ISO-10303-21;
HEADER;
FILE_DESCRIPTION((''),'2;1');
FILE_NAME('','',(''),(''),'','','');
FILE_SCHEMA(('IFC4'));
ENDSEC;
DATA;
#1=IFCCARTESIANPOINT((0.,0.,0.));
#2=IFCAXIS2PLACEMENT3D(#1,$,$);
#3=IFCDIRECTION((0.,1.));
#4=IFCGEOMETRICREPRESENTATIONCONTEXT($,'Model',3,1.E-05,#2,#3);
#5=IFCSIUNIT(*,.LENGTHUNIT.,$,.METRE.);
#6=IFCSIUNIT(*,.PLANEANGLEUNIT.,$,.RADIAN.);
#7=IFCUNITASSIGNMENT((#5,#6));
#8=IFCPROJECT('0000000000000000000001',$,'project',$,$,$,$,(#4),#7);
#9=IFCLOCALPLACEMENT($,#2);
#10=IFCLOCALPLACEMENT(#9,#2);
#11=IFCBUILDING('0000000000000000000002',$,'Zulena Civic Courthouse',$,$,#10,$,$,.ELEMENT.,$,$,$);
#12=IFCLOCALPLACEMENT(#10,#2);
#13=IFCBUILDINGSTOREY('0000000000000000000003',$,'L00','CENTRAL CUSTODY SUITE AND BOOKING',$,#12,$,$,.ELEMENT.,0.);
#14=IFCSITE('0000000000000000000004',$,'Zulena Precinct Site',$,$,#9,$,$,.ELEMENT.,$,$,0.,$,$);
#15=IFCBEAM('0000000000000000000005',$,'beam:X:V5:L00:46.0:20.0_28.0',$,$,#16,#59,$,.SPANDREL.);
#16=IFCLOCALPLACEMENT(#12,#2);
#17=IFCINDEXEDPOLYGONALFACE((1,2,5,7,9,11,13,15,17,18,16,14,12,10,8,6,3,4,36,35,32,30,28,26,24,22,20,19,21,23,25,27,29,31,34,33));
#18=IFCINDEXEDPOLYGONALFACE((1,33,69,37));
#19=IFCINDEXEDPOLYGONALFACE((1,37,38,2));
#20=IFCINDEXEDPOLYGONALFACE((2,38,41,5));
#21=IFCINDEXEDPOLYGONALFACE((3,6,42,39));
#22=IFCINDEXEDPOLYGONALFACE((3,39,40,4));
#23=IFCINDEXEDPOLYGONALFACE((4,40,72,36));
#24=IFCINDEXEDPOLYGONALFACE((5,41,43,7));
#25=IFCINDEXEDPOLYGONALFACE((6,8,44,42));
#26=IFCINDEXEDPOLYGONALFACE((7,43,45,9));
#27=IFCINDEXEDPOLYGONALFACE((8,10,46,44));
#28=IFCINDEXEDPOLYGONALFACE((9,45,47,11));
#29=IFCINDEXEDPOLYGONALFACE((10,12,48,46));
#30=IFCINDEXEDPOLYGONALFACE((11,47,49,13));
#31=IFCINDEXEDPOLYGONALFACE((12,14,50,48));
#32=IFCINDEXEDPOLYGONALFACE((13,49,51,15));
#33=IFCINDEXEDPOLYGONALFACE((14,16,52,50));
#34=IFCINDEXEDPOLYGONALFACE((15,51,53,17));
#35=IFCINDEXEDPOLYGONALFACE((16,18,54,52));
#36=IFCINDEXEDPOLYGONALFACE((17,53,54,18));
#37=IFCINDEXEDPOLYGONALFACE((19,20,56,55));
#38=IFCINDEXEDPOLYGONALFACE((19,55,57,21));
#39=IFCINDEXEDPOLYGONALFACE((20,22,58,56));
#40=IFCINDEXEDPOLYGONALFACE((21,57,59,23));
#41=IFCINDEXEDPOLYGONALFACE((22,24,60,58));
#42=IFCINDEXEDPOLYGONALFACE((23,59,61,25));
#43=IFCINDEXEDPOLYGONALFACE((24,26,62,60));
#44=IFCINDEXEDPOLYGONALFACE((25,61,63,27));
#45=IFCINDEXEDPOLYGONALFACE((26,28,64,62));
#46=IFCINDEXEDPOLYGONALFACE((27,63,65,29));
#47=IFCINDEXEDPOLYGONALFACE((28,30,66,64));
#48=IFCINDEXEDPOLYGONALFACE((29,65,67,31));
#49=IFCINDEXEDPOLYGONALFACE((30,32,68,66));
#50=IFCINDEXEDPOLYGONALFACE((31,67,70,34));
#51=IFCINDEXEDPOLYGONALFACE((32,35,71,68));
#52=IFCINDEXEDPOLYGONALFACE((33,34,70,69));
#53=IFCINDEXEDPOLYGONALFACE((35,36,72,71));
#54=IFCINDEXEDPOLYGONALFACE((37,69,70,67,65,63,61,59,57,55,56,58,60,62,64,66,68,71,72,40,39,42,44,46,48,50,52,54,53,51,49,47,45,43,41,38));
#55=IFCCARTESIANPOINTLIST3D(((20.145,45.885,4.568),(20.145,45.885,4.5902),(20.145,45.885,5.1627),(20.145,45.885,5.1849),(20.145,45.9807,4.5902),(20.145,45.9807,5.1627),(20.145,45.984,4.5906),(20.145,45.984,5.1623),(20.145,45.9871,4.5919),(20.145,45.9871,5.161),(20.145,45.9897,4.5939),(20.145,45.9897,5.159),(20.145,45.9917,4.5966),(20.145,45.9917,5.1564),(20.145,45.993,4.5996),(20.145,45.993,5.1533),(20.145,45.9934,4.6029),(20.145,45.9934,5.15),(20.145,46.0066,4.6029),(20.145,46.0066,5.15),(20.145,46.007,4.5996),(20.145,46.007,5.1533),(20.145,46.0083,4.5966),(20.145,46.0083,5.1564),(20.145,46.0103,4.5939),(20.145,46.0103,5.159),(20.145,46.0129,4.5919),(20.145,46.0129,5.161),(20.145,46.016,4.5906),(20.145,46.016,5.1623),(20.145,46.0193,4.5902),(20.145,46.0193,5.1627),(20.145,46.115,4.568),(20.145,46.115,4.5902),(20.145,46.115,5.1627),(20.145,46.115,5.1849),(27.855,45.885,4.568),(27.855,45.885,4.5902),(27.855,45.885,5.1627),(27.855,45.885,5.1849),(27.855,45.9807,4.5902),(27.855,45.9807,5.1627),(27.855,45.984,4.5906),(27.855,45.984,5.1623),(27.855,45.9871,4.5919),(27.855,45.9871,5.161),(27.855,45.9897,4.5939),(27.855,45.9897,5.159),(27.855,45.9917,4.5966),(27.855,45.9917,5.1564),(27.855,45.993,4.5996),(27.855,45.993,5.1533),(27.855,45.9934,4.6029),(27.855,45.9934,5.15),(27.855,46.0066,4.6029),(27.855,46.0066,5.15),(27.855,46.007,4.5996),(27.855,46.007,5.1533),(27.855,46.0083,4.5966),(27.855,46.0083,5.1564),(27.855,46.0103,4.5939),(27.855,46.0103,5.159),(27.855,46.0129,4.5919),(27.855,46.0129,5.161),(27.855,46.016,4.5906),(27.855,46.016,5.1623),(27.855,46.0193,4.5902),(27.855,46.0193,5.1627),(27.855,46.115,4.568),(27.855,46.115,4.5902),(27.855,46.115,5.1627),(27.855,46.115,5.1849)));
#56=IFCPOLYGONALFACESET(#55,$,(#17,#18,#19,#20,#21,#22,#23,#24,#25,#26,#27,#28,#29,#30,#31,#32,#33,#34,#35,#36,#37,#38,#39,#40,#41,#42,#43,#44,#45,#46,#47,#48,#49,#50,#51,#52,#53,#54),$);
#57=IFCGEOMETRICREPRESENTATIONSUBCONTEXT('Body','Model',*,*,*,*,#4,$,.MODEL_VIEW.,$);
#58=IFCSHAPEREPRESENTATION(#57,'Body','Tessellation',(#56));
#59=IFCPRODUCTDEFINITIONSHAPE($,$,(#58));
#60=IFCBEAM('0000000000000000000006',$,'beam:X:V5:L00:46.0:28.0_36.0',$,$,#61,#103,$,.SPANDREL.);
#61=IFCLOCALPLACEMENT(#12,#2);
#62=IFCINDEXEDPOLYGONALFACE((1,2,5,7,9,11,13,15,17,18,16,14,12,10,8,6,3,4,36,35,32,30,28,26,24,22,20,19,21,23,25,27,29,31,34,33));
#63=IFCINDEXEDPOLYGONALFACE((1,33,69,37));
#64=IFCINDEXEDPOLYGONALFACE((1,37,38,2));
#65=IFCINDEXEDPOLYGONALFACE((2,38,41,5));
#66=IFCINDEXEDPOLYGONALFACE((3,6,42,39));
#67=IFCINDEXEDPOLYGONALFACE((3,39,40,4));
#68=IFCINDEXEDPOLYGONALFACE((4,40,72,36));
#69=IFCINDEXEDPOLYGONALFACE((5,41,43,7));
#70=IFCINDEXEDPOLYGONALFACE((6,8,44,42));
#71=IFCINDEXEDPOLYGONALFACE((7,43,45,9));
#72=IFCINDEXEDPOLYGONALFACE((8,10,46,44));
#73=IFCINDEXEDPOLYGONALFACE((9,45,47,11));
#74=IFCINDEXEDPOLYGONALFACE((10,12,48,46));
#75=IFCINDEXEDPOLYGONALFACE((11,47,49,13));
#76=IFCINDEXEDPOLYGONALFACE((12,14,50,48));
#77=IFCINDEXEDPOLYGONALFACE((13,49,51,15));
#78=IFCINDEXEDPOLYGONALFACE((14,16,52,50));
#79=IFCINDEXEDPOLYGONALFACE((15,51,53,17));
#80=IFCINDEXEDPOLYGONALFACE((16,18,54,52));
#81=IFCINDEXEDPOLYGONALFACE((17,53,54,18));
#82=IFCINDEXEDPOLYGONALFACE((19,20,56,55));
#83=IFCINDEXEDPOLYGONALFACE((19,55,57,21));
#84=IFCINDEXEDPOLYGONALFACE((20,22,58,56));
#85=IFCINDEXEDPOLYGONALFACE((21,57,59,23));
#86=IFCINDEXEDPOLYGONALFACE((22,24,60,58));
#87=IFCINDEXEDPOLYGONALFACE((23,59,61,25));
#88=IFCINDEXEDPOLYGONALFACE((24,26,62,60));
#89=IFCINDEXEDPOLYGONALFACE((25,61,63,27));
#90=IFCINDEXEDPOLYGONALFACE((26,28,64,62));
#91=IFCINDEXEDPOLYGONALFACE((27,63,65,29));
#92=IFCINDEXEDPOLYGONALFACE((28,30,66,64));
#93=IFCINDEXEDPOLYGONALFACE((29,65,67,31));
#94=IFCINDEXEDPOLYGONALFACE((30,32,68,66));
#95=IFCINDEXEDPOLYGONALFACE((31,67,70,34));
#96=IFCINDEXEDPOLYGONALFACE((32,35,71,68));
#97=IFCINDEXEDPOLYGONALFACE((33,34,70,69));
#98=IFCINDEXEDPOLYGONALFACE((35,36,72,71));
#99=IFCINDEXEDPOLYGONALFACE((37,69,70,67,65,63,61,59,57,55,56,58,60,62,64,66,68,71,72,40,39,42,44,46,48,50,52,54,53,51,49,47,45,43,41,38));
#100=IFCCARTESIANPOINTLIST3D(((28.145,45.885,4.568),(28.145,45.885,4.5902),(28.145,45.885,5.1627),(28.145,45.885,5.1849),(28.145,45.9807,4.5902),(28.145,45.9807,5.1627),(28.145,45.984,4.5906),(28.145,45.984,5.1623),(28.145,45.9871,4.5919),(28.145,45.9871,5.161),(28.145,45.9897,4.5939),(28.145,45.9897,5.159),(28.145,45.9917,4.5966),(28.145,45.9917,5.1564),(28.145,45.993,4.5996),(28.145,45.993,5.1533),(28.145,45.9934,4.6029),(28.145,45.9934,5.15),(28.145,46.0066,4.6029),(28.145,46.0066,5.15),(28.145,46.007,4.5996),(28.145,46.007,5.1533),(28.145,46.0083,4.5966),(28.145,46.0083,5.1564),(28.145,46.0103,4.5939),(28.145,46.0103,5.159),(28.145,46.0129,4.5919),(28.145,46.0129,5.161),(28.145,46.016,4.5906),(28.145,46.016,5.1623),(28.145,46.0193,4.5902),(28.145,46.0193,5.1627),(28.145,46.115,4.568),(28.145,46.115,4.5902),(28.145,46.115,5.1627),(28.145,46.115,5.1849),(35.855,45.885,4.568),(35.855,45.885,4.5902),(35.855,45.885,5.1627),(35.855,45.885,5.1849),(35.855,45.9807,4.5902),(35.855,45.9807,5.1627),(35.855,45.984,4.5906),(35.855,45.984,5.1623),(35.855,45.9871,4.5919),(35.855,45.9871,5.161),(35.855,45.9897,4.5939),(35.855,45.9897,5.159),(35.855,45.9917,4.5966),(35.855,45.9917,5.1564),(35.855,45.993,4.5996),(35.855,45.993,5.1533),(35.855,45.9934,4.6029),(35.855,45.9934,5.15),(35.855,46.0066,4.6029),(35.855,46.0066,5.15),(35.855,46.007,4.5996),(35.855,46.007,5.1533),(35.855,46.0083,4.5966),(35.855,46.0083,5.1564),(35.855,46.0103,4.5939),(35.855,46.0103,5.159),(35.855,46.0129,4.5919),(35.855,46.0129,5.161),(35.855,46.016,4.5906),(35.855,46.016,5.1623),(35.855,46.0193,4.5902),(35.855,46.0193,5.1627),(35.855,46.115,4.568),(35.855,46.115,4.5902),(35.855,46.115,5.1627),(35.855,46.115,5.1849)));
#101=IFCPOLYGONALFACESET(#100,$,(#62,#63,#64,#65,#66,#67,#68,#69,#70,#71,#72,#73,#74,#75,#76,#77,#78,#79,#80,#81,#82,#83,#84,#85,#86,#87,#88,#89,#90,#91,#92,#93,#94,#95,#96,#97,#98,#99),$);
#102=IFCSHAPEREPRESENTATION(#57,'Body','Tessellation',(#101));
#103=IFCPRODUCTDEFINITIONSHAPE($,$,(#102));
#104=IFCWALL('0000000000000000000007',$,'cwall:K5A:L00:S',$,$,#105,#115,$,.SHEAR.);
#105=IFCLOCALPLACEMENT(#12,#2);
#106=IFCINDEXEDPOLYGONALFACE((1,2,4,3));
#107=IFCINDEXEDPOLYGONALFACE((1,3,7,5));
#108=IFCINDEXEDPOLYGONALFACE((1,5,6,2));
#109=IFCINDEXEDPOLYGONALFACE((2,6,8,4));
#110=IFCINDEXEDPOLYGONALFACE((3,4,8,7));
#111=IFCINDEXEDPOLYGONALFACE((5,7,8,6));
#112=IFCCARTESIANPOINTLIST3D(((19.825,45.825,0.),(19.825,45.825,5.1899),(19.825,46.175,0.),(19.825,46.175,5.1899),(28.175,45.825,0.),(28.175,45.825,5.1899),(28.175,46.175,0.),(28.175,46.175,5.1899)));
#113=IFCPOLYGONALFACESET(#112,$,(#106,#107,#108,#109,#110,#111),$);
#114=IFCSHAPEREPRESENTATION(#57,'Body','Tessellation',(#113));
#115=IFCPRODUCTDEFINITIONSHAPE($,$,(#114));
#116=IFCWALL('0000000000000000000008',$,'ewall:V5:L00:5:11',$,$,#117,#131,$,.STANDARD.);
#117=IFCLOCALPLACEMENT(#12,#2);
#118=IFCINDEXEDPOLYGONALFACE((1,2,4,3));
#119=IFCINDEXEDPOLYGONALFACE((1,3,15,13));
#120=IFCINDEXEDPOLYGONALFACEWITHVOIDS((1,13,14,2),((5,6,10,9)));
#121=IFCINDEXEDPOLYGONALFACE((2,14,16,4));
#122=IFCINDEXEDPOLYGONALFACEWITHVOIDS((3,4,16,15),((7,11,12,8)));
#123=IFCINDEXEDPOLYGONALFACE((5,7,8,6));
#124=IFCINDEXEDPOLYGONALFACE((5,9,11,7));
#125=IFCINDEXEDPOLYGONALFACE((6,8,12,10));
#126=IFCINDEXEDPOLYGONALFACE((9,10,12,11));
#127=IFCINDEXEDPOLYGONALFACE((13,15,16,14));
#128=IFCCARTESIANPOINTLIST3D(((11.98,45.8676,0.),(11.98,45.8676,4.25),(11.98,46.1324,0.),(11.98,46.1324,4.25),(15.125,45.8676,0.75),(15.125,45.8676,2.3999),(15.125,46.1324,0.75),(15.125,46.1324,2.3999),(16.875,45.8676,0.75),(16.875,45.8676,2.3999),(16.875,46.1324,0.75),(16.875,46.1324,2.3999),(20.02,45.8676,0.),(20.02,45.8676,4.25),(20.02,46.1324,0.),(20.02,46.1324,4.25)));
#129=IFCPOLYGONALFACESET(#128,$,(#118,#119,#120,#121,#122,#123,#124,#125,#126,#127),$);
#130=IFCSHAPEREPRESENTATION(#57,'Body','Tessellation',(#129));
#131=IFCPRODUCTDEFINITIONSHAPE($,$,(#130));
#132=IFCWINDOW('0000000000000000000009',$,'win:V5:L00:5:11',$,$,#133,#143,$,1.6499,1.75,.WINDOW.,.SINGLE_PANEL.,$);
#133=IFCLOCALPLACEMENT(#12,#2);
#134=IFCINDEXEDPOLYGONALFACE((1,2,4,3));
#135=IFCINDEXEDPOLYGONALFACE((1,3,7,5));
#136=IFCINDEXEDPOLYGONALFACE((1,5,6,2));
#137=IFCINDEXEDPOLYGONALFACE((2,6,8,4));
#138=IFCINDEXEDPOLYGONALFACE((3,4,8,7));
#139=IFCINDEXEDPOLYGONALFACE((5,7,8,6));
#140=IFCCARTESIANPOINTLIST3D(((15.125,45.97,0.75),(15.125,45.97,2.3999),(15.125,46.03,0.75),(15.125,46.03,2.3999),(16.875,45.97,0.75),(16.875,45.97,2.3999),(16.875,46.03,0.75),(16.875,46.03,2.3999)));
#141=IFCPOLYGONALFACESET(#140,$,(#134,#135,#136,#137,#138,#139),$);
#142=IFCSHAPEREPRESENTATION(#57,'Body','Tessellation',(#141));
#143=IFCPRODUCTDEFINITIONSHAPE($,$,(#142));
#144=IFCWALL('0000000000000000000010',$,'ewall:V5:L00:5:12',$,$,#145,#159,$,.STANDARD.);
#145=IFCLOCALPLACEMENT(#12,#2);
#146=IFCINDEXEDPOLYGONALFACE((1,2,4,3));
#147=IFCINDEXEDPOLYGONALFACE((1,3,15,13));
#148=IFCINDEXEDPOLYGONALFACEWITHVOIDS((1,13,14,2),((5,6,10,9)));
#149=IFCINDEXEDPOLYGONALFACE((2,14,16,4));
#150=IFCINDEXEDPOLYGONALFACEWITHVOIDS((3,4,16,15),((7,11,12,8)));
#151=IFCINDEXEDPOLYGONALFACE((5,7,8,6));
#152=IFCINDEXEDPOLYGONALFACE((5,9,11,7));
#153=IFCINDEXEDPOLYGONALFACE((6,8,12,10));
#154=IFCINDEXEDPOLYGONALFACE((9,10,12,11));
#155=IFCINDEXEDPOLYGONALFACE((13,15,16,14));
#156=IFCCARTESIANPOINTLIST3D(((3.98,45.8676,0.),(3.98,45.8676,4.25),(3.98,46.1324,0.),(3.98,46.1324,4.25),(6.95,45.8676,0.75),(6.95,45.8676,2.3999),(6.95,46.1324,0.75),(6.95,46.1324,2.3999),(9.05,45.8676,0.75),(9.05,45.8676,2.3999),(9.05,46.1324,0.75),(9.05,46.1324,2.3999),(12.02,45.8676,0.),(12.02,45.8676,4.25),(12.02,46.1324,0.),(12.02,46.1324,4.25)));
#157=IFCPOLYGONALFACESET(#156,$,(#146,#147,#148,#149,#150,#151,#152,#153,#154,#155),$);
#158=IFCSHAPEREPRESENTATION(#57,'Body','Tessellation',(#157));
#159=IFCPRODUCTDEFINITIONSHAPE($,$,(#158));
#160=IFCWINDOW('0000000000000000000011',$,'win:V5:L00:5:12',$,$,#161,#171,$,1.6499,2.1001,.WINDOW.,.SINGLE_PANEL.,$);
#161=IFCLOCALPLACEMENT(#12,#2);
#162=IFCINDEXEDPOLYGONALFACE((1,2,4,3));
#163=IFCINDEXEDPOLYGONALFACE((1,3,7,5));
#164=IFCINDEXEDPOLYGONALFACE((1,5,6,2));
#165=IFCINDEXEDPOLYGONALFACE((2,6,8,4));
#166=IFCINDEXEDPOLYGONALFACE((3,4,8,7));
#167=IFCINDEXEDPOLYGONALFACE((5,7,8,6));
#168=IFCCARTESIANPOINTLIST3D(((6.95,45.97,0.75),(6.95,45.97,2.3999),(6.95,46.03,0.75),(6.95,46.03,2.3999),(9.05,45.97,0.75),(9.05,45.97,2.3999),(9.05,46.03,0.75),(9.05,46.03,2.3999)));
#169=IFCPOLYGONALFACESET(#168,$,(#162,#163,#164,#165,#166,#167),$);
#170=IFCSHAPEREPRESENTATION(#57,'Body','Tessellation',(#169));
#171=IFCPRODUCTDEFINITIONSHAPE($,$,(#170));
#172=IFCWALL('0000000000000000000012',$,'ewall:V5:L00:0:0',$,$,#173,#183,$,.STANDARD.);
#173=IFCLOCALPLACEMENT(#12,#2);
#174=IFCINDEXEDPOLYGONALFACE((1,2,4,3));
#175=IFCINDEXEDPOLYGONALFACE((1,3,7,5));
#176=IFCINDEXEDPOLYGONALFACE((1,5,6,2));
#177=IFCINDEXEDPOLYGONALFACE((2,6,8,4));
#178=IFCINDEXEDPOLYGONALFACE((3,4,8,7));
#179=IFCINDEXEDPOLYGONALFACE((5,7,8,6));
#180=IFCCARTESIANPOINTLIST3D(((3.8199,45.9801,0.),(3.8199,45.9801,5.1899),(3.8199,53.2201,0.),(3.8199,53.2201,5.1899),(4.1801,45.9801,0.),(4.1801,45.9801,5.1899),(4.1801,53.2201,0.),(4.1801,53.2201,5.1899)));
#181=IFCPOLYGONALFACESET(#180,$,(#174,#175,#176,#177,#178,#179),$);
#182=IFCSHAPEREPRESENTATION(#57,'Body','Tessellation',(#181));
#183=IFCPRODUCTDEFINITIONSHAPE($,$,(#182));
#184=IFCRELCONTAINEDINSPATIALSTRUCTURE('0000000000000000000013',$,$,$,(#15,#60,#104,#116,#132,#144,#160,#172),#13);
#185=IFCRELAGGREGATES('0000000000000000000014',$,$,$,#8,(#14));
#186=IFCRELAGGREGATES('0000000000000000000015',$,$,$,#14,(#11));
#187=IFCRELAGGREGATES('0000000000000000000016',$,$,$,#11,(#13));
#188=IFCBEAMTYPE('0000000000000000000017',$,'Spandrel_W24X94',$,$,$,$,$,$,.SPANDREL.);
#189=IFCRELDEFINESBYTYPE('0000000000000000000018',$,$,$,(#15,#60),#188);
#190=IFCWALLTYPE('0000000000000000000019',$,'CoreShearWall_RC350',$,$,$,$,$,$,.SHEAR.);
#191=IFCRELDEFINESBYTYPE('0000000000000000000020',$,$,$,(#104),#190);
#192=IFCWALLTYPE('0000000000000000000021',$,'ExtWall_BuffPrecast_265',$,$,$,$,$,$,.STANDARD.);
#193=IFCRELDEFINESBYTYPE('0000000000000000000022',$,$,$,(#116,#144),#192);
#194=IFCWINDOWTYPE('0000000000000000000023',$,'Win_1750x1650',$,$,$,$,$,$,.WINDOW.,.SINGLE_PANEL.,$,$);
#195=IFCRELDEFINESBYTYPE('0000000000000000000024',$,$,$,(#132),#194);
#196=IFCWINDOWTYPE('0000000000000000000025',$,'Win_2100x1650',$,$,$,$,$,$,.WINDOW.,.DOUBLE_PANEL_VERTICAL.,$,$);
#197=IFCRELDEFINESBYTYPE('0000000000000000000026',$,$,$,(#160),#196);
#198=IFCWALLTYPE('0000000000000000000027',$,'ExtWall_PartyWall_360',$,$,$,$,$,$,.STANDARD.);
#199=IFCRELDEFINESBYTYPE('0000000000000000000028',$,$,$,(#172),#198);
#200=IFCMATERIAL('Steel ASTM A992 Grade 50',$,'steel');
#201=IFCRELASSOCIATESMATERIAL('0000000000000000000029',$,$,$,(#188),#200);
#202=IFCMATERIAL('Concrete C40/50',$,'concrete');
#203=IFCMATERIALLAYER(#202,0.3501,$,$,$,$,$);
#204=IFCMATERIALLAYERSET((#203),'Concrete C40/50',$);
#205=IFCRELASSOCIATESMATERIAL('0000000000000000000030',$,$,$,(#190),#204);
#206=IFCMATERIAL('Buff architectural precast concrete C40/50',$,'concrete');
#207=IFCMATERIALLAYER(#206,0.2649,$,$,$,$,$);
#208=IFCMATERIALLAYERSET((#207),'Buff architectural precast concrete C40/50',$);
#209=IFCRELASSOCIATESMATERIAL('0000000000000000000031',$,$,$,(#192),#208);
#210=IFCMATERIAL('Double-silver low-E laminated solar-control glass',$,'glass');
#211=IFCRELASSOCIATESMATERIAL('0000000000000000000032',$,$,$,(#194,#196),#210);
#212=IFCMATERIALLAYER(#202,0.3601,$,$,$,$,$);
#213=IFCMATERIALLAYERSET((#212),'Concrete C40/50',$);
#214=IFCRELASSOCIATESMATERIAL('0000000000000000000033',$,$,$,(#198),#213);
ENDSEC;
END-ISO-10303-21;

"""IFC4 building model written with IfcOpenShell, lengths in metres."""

from ifc_helpers import new_model, si_unit, direction, frame, frame_2d, origin, origin_2d, place, context, subcontext, project, spatial, rectangle, i_section, extrude, material, layer, layer_set, material_profile, profile_set, type_object, element, fill, save


model = new_model("IFC4")

# Units and contexts
model_context = context("Model", 3, precision=1e-05, world=origin(), true_north=direction((0.0, 1.0)))
body_context = subcontext(model_context, "Body", "Model", "MODEL_VIEW")
ifc_project = project(units=[si_unit("LENGTHUNIT", "METRE"), si_unit("PLANEANGLEUNIT", "RADIAN")], contexts=[model_context])

# Site, building, storey
site_placement = place(None, origin())
site = spatial("IfcSite", under=ifc_project, at=site_placement, Name="Zulena Precinct Site", CompositionType="ELEMENT", RefElevation=0.0)
building_placement = place(site_placement, origin())
building = spatial("IfcBuilding", under=site, at=building_placement, Name="Zulena Civic Courthouse", CompositionType="ELEMENT")
storey_placement = place(building_placement, origin())
storey = spatial("IfcBuildingStorey", under=building, at=storey_placement, Name="L00", Description="CENTRAL CUSTODY SUITE AND BOOKING", CompositionType="ELEMENT", Elevation=0.0)

# Shared definitions
ifc_material_1 = material(Name="Concrete C40/50", Category="concrete")

# Shared definitions
ifc_material_2 = material(Name="Steel ASTM A992 Grade 50", Category="steel")

# Beams
ifc_material_profile_1 = material_profile(ifc_material_2, i_section(OverallWidth=0.23, OverallDepth=0.6169, WebThickness=0.0132, FlangeThickness=0.0222, FilletRadius=0.0127, at=origin_2d()), Name="W24X94")
ifc_profile_set_1 = profile_set([ifc_material_profile_1], Name="Steel ASTM A992 Grade 50")
beam_type_1 = type_object("IfcBeamType", Name="Spandrel_W24X94", PredefinedType="SPANDREL", material=ifc_profile_set_1)
for number, where, z_axis, x_axis, name in (
    (1, (20.145, 46.0, 4.8765), (1.0, 0.0, 0.0), (0.0, 1.0, 0.0), "beam:X:V5:L00:46.0:20.0_28.0"),
    (2, (28.145, 46.0, 4.8765), (1.0, 0.0, 0.0), (0.0, 1.0, 0.0), "beam:X:V5:L00:46.0:28.0_36.0"),
):
    element("IfcBeam", number, at=place(storey_placement, frame(where, z_axis=z_axis, x_axis=x_axis)), inside=storey, type_object=beam_type_1, Name=name, PredefinedType="SPANDREL", context=body_context, shape_type="SweptSolid", body=[
        extrude(i_section(OverallWidth=0.23, OverallDepth=0.6169, WebThickness=0.0132, FlangeThickness=0.0222, FilletRadius=0.0127, at=origin_2d()), origin(), (0.0, 0.0, 1.0), 7.71),
    ])

# Wall
ifc_layer_1 = layer(ifc_material_1, 0.3501)
ifc_layer_set_1 = layer_set([ifc_layer_1], Name="Concrete C40/50")
wall_type_1 = type_object("IfcWallType", Name="CoreShearWall_RC350", PredefinedType="SHEAR", material=ifc_layer_set_1)
wall_1_placement = place(storey_placement, frame((19.825, 46.0, 0.0), z_axis=(0.0, 0.0, 1.0), x_axis=(1.0, 0.0, 0.0)))
element("IfcWall", 3, at=wall_1_placement, inside=storey, type_object=wall_type_1, Name="cwall:K5A:L00:S", PredefinedType="SHEAR", context=body_context, shape_type="SweptSolid", body=[
    extrude(rectangle(XDim=8.3501, YDim=0.3501, at=frame_2d((4.175, 0.0))), origin(), (0.0, 0.0, 1.0), 5.1899),
])

# Walls, openings, windows
ifc_material_3 = material(Name="Buff architectural precast concrete C40/50", Category="concrete")
ifc_layer_2 = layer(ifc_material_3, 0.2649)
ifc_layer_set_2 = layer_set([ifc_layer_2], Name="Buff architectural precast concrete C40/50")
wall_type_2 = type_object("IfcWallType", Name="ExtWall_BuffPrecast_265", PredefinedType="STANDARD", material=ifc_layer_set_2)
wall_2_placement = place(storey_placement, frame((20.02, 46.0, 0.0), z_axis=(0.0, 0.0, 1.0), x_axis=(-1.0, 0.0, 0.0)))
wall_2 = element("IfcWall", 4, at=wall_2_placement, inside=storey, type_object=wall_type_2, Name="ewall:V5:L00:5:11", PredefinedType="STANDARD", context=body_context, shape_type="SweptSolid", body=[
    extrude(rectangle(XDim=8.04, YDim=0.2649, at=frame_2d((4.02, 0.0))), origin(), (0.0, 0.0, 1.0), 4.25),
])
opening_1_placement = place(wall_2_placement, frame((3.145, 0.0, 0.75)))
opening_1 = element("IfcOpeningElement", 5, at=opening_1_placement, cuts=wall_2, PredefinedType="OPENING", context=body_context, shape_type="SweptSolid", body=[
    extrude(rectangle(XDim=1.75, YDim=1.6499, at=frame_2d((0.875, 0.825))), frame((0.0, 0.1423, 0.0), z_axis=(0.0, -1.0, 0.0), x_axis=(1.0, 0.0, 0.0)), (0.0, 0.0, 1.0), 0.2849),
])
ifc_material_4 = material(Name="Double-silver low-E laminated solar-control glass", Category="glass")
window_type_1 = type_object("IfcWindowType", Name="Win_1750x1650", PartitioningType="SINGLE_PANEL", PredefinedType="WINDOW", material=ifc_material_4)
window_1_placement = place(opening_1_placement, origin())
window_1 = element("IfcWindow", 6, at=window_1_placement, inside=storey, type_object=window_type_1, Name="win:V5:L00:5:11", OverallHeight=1.6499, OverallWidth=1.75, PartitioningType="SINGLE_PANEL", PredefinedType="WINDOW", context=body_context, shape_type="SweptSolid", body=[
    extrude(rectangle(XDim=1.75, YDim=1.6499, at=frame_2d((0.875, 0.825))), frame((0.0, 0.03, 0.0), z_axis=(0.0, -1.0, 0.0), x_axis=(1.0, 0.0, 0.0)), (0.0, 0.0, 1.0), 0.0601),
])
fill(opening_1, window_1)
wall_3_placement = place(storey_placement, frame((12.02, 46.0, 0.0), z_axis=(0.0, 0.0, 1.0), x_axis=(-1.0, 0.0, 0.0)))
wall_3 = element("IfcWall", 7, at=wall_3_placement, inside=storey, type_object=wall_type_2, Name="ewall:V5:L00:5:12", PredefinedType="STANDARD", context=body_context, shape_type="SweptSolid", body=[
    extrude(rectangle(XDim=8.04, YDim=0.2649, at=frame_2d((4.02, 0.0))), origin(), (0.0, 0.0, 1.0), 4.25),
])
opening_2_placement = place(wall_3_placement, frame((2.97, 0.0, 0.75)))
opening_2 = element("IfcOpeningElement", 8, at=opening_2_placement, cuts=wall_3, PredefinedType="OPENING", context=body_context, shape_type="SweptSolid", body=[
    extrude(rectangle(XDim=2.1001, YDim=1.6499, at=frame_2d((1.05, 0.825))), frame((0.0, 0.1423, 0.0), z_axis=(0.0, -1.0, 0.0), x_axis=(1.0, 0.0, 0.0)), (0.0, 0.0, 1.0), 0.2849),
])
window_type_2 = type_object("IfcWindowType", Name="Win_2100x1650", PartitioningType="DOUBLE_PANEL_VERTICAL", PredefinedType="WINDOW", material=ifc_material_4)
window_2_placement = place(opening_2_placement, origin())
window_2 = element("IfcWindow", 9, at=window_2_placement, inside=storey, type_object=window_type_2, Name="win:V5:L00:5:12", OverallHeight=1.6499, OverallWidth=2.1001, PartitioningType="SINGLE_PANEL", PredefinedType="WINDOW", context=body_context, shape_type="SweptSolid", body=[
    extrude(rectangle(XDim=2.1001, YDim=1.6499, at=frame_2d((1.05, 0.825))), frame((0.0, 0.03, 0.0), z_axis=(0.0, -1.0, 0.0), x_axis=(1.0, 0.0, 0.0)), (0.0, 0.0, 1.0), 0.0601),
])
fill(opening_2, window_2)

# Wall
ifc_layer_3 = layer(ifc_material_1, 0.3601)
ifc_layer_set_3 = layer_set([ifc_layer_3], Name="Concrete C40/50")
wall_type_3 = type_object("IfcWallType", Name="ExtWall_PartyWall_360", PredefinedType="STANDARD", material=ifc_layer_set_3)
wall_4_placement = place(storey_placement, frame((4.0, 45.98, 0.0), z_axis=(0.0, 0.0, 1.0), x_axis=(0.0, 1.0, 0.0)))
element("IfcWall", 10, at=wall_4_placement, inside=storey, type_object=wall_type_3, Name="ewall:V5:L00:0:0", PredefinedType="STANDARD", context=body_context, shape_type="SweptSolid", body=[
    extrude(rectangle(XDim=7.24, YDim=0.3601, at=frame_2d((3.6201, 0.0))), origin(), (0.0, 0.0, 1.0), 5.1899),
])

save(model, "model.ifc")
